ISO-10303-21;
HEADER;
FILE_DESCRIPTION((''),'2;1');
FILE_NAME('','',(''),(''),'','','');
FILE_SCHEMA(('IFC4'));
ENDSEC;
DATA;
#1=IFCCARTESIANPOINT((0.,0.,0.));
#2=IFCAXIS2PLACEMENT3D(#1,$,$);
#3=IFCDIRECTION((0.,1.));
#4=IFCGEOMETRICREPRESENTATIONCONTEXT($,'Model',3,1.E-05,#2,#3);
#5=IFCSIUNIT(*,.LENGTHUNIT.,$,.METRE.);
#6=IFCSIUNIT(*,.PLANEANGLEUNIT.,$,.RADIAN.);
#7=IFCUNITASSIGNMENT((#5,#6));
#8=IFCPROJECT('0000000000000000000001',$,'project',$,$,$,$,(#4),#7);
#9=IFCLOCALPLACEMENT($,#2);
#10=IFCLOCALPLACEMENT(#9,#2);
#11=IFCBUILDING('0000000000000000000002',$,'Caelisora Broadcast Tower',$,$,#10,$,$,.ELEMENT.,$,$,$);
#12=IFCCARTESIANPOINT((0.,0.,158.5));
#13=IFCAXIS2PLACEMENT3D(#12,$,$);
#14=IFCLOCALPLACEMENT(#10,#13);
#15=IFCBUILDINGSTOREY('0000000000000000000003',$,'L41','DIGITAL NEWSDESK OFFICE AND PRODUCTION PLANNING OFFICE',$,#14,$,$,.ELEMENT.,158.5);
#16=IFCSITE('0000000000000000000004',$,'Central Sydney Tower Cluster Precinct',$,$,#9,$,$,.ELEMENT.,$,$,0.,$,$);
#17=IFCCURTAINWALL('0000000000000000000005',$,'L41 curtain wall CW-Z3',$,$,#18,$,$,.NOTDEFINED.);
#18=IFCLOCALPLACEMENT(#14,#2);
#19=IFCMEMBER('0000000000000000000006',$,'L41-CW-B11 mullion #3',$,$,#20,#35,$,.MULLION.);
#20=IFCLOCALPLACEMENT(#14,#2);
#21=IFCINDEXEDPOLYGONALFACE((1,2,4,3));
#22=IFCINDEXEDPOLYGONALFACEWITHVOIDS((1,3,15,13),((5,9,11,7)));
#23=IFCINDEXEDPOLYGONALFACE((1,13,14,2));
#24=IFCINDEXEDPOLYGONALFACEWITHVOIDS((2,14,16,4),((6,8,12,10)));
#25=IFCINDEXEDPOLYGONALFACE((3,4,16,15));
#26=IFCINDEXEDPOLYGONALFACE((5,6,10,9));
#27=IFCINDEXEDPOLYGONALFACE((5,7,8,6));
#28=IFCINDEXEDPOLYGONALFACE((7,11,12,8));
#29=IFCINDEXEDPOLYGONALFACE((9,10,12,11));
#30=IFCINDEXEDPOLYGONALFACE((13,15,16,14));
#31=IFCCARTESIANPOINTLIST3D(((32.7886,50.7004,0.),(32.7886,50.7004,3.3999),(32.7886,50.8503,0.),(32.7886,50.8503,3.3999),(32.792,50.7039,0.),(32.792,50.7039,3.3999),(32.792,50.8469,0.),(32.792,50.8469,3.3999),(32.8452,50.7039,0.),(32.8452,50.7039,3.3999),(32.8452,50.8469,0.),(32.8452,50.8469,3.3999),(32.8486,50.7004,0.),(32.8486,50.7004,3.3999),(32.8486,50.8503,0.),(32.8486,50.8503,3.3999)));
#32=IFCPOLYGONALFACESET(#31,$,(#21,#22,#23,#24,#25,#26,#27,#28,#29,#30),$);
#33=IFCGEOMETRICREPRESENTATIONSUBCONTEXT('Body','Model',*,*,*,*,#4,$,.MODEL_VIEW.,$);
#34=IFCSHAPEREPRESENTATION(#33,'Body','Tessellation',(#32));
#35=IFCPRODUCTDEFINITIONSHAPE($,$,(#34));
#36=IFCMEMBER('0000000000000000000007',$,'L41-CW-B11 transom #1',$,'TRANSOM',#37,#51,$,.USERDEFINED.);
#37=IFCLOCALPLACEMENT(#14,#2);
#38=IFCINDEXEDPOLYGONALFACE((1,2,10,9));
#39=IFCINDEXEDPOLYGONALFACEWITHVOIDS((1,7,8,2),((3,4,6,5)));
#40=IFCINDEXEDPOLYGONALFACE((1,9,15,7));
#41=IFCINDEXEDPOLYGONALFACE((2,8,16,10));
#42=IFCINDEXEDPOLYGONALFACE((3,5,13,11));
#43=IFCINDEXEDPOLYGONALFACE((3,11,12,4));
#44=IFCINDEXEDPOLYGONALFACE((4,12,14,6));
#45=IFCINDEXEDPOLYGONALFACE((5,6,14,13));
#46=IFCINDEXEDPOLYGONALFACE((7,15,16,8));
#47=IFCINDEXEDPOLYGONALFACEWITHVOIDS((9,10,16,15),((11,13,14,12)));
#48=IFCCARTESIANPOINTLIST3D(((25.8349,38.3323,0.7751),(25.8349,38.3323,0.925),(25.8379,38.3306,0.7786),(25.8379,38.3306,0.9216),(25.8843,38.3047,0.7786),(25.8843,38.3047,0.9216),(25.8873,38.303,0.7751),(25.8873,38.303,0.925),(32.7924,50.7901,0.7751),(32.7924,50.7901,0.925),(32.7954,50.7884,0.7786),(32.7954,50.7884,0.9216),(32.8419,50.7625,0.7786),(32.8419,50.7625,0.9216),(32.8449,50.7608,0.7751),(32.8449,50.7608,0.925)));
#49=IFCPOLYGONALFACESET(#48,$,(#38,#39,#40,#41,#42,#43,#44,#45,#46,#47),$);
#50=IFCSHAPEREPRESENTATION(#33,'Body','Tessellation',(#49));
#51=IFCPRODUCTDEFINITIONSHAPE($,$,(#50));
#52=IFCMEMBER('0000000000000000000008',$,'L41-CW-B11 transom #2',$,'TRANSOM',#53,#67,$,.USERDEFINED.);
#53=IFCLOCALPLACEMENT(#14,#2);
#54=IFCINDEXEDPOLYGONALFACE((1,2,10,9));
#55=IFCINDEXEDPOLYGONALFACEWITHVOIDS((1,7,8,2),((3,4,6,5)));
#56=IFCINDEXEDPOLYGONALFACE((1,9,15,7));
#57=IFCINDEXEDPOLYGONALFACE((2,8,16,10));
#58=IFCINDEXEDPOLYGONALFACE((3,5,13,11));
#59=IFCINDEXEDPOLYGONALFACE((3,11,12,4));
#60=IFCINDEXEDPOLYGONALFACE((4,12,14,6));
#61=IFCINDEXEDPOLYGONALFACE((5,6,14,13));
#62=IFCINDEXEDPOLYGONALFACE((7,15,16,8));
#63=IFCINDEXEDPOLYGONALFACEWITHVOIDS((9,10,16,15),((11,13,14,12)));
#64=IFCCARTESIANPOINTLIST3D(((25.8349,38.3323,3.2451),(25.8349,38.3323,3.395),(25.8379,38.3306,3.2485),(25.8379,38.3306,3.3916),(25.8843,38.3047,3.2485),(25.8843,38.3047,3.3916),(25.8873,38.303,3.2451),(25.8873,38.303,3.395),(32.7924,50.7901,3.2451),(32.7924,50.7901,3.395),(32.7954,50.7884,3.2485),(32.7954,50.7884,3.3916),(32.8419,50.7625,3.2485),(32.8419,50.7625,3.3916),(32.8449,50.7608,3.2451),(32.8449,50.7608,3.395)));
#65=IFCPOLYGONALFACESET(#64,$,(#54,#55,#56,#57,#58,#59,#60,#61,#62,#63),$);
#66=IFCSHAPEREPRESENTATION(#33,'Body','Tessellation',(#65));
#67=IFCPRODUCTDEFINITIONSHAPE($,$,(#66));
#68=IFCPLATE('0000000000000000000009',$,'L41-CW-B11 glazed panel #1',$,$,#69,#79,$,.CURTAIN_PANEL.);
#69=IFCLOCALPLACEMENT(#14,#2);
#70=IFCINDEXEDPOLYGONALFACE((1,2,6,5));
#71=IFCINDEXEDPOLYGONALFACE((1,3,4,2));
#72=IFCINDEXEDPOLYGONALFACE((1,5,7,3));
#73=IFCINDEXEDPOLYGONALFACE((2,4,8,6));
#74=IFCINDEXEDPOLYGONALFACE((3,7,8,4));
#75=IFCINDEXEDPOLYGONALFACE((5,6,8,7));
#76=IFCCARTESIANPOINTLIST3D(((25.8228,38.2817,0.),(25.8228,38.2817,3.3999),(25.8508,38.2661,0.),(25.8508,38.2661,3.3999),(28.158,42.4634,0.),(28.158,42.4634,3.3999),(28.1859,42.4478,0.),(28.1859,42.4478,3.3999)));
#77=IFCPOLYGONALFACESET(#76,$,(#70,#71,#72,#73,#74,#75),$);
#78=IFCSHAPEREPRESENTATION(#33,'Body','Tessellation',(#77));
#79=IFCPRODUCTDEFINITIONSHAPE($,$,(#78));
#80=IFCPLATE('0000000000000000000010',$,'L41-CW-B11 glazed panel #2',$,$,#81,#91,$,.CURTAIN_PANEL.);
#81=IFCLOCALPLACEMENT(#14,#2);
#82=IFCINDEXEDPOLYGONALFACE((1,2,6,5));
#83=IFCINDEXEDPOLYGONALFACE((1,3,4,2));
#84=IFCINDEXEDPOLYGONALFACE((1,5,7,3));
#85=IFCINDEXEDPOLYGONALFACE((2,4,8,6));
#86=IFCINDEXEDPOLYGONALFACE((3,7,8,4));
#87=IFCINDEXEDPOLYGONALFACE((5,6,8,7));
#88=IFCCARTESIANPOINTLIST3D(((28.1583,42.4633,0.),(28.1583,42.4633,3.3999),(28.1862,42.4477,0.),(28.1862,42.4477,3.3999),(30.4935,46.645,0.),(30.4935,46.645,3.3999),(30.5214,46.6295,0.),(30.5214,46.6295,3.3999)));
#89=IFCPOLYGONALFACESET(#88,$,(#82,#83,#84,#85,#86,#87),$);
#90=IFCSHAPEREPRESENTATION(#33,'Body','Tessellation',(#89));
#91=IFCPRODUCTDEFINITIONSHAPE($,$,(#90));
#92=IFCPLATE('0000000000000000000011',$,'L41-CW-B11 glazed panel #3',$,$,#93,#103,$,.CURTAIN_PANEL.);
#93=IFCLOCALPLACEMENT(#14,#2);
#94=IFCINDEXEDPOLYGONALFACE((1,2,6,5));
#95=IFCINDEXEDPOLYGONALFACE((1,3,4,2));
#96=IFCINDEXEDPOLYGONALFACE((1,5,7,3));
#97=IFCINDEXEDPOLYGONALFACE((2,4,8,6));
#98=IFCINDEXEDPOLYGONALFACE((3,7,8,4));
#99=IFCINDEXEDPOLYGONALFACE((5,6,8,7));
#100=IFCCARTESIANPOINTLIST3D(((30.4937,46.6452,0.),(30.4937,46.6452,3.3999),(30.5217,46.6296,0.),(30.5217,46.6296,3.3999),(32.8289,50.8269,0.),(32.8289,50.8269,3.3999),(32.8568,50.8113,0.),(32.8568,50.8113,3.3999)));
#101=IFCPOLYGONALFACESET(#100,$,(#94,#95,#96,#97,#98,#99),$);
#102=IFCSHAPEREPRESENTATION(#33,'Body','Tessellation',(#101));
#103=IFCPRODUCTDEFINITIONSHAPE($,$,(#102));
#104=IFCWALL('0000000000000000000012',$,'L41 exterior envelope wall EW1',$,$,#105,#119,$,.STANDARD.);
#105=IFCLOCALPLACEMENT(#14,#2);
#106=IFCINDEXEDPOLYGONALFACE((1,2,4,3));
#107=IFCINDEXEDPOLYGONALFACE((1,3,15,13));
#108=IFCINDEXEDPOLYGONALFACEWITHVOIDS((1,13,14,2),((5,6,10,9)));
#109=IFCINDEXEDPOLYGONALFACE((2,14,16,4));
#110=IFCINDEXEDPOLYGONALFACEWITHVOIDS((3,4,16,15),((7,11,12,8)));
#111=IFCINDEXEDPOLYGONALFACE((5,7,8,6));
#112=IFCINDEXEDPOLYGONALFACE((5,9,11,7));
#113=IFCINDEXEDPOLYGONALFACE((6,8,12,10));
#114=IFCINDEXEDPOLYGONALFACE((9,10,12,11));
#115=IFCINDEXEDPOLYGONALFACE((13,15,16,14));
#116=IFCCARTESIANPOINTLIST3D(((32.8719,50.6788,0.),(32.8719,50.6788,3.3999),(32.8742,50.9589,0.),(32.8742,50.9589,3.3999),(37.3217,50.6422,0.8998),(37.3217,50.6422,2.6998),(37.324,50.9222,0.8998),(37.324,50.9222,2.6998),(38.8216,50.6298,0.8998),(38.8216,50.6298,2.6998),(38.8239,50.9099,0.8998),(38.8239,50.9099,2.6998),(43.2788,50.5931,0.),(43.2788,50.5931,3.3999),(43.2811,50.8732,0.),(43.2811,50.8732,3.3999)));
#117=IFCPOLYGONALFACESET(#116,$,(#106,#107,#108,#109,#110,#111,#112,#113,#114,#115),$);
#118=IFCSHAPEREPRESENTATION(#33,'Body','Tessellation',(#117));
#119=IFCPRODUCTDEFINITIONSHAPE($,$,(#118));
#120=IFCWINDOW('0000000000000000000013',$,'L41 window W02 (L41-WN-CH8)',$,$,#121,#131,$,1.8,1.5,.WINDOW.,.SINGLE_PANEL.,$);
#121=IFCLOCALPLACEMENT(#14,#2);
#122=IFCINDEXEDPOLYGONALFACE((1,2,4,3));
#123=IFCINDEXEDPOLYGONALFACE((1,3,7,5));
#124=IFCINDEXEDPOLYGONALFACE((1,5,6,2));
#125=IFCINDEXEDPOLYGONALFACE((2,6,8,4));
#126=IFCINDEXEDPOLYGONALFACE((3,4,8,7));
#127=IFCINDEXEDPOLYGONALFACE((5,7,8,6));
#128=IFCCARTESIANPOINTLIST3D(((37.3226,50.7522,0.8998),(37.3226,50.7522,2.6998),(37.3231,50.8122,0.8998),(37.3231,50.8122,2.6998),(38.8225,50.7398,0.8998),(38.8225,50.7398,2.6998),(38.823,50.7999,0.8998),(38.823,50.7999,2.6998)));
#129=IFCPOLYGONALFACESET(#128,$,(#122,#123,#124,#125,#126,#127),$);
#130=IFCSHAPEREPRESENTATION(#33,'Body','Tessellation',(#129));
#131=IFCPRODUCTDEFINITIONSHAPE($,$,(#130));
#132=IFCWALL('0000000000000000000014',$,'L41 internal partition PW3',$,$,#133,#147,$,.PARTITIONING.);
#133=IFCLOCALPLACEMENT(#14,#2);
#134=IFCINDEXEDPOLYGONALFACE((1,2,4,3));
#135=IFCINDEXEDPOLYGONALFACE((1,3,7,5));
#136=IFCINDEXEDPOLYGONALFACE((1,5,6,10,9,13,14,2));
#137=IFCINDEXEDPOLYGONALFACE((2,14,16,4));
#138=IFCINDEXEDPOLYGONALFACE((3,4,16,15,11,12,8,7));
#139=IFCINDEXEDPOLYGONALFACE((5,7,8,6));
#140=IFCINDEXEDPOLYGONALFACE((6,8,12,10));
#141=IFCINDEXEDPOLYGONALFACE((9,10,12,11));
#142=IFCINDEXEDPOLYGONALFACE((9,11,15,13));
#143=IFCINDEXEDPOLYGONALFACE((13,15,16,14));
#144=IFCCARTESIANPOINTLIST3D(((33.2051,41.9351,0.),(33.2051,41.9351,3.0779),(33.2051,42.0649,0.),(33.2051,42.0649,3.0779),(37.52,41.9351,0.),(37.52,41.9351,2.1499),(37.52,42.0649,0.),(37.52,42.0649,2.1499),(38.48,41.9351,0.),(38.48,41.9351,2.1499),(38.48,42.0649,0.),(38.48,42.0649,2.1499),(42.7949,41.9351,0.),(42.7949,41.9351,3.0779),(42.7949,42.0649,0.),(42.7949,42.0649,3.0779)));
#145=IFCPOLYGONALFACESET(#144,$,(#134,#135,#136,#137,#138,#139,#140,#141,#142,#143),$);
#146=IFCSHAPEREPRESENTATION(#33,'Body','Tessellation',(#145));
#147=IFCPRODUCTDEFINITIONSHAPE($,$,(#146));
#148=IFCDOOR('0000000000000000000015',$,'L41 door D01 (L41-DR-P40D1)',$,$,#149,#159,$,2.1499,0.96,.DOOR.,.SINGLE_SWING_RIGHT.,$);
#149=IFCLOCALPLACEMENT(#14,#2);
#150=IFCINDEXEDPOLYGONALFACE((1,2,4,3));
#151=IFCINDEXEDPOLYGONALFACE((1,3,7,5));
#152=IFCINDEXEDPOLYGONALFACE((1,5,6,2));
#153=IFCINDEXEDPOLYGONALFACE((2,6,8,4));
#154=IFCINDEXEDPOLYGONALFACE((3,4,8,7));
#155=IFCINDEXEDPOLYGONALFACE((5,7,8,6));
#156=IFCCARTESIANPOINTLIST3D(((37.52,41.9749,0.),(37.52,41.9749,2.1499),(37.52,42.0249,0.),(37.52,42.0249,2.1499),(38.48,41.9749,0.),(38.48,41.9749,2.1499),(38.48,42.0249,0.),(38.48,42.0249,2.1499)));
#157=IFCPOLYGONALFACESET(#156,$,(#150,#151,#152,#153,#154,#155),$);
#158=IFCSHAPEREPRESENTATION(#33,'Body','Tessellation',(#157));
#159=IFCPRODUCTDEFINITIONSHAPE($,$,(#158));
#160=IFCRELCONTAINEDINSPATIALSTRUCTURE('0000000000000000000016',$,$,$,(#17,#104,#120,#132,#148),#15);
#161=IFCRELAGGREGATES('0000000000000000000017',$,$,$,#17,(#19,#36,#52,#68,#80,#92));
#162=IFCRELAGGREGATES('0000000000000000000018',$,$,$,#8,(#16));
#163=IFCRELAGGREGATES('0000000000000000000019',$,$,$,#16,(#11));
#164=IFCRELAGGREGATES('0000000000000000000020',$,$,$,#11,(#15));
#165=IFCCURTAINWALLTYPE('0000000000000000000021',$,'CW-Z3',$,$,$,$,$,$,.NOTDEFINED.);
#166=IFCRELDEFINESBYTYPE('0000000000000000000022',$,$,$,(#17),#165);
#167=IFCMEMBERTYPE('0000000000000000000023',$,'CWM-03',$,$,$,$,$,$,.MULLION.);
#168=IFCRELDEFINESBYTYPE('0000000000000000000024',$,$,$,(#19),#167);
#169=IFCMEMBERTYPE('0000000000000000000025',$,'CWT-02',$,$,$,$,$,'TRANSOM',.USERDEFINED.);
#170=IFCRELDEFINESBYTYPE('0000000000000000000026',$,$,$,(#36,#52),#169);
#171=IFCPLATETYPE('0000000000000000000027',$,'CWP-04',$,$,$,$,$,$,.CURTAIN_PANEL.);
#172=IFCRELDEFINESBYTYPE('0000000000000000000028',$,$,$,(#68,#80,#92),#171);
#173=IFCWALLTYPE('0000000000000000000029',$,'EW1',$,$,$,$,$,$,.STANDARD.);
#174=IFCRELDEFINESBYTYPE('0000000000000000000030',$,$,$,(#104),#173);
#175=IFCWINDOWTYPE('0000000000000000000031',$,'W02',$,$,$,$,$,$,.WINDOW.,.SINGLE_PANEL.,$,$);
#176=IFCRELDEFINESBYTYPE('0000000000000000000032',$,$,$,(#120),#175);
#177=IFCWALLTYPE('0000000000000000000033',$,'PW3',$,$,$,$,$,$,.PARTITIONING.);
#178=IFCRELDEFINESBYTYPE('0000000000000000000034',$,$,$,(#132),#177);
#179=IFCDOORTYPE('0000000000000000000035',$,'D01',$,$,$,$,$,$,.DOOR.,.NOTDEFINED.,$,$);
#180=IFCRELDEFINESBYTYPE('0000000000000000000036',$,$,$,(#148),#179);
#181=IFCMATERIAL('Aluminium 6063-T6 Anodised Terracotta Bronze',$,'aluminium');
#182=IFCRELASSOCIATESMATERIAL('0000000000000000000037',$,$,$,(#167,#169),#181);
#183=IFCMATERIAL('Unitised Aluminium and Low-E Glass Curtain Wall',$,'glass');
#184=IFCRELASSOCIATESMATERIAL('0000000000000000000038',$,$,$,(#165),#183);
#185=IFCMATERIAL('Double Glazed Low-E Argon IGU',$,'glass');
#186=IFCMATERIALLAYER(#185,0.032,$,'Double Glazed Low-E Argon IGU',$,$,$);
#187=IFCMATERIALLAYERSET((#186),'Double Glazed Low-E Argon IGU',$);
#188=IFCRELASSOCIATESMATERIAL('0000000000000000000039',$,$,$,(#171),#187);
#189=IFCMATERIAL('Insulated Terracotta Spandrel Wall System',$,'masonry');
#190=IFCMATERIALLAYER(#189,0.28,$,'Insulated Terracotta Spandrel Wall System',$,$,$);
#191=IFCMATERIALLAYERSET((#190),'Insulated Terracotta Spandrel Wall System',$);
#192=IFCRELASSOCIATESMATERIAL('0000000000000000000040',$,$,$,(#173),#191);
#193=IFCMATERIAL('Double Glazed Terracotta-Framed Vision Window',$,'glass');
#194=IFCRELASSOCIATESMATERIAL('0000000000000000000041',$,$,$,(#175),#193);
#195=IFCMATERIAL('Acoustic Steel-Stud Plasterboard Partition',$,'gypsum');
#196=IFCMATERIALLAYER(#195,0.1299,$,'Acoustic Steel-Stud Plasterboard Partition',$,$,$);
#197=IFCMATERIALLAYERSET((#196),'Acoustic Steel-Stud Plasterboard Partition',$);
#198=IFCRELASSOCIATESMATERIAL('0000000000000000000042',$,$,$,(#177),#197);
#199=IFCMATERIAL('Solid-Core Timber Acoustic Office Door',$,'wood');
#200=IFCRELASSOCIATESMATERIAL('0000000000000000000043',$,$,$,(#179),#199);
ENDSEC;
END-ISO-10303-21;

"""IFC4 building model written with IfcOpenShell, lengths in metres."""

from ifc_helpers import new_model, si_unit, direction, frame, frame_2d, origin, origin_2d, place, context, subcontext, project, spatial, rectangle, hollow_rectangle, extrude, source, transform, mapped, material, layer, layer_set, material_profile, profile_set, type_object, type_shapes, element, fill, aggregate, save


model = new_model("IFC4")

# Units and contexts
model_context = context("Model", 3, precision=1e-05, world=origin(), true_north=direction((0.0, 1.0)))
body_context = subcontext(model_context, "Body", "Model", "MODEL_VIEW")
ifc_project = project(units=[si_unit("LENGTHUNIT", "METRE"), si_unit("PLANEANGLEUNIT", "RADIAN")], contexts=[model_context])

# Site, building, storey
site_placement = place(None, origin())
site = spatial("IfcSite", under=ifc_project, at=site_placement, Name="Central Sydney Tower Cluster Precinct", CompositionType="ELEMENT", RefElevation=0.0)
building_placement = place(site_placement, origin())
building = spatial("IfcBuilding", under=site, at=building_placement, Name="Caelisora Broadcast Tower", CompositionType="ELEMENT")
storey_placement = place(building_placement, frame((0.0, 0.0, 158.5)))
storey = spatial("IfcBuildingStorey", under=building, at=storey_placement, Name="L41", Description="DIGITAL NEWSDESK OFFICE AND PRODUCTION PLANNING OFFICE", CompositionType="ELEMENT", Elevation=158.5)

# Shared definitions
ifc_material_1 = material(Name="Aluminium 6063-T6 Anodised Terracotta Bronze", Category="aluminium")
ifc_material_profile_1 = material_profile(ifc_material_1, hollow_rectangle(XDim=0.0601, YDim=0.1499, WallThickness=0.0034, at=origin_2d()), Name="Aluminium 6063-T6 Anodised Terracotta Bronze")
ifc_profile_set_1 = profile_set([ifc_material_profile_1], Name="Aluminium 6063-T6 Anodised Terracotta Bronze")
member_type_1 = type_object("IfcMemberType", Name="CWM-03", PredefinedType="MULLION", material=ifc_profile_set_1)
shared_shape_1 = source(origin(), body_context, "Body", "SweptSolid", [
    extrude(hollow_rectangle(XDim=0.0601, YDim=0.1499, WallThickness=0.0034, at=origin_2d()), origin(), (0.0, 0.0, 1.0), 3.3999),
])
type_shapes(member_type_1, [shared_shape_1])

# Curtain wall, members, plates
ifc_material_2 = material(Name="Unitised Aluminium and Low-E Glass Curtain Wall", Category="glass")
curtain_wall_type_1 = type_object("IfcCurtainWallType", Name="CW-Z3", PredefinedType="NOTDEFINED", material=ifc_material_2)
curtain_wall_1_placement = place(storey_placement, origin())
curtain_wall_1 = element("IfcCurtainWall", 1, at=curtain_wall_1_placement, inside=storey, type_object=curtain_wall_type_1, Name="L41 curtain wall CW-Z3", PredefinedType="NOTDEFINED")
member_1_placement = place(storey_placement, frame((32.8186, 50.7754, 0.0), z_axis=(0.0, 0.0, 1.0), x_axis=(1.0, 0.0, 0.0)))
member_1 = element("IfcMember", 2, at=member_1_placement, type_object=member_type_1, Name="L41-CW-B11 mullion #3", PredefinedType="MULLION", context=body_context, shape_type="MappedRepresentation", body=[
    mapped(shared_shape_1, transform((0.0, 0.0, 0.0), scale=1.0)),
])
ifc_material_profile_2 = material_profile(ifc_material_1, hollow_rectangle(XDim=0.0601, YDim=0.1499, WallThickness=0.0034, at=origin_2d()), Name="Aluminium 6063-T6 Anodised Terracotta Bronze")
ifc_profile_set_2 = profile_set([ifc_material_profile_2], Name="Aluminium 6063-T6 Anodised Terracotta Bronze")
member_type_2 = type_object("IfcMemberType", Name="CWT-02", ElementType="TRANSOM", PredefinedType="USERDEFINED", material=ifc_profile_set_2)
shared_shape_2 = source(origin(), body_context, "Body", "SweptSolid", [
    extrude(hollow_rectangle(XDim=0.0601, YDim=0.1499, WallThickness=0.0034, at=origin_2d()), origin(), (0.0, 0.0, 1.0), 14.269),
])
type_shapes(member_type_2, [shared_shape_2])
member_2_placement = place(storey_placement, frame((25.8611, 38.3176, 0.8501), z_axis=(0.487599, 0.873068, 0.0), x_axis=(-0.873068, 0.487599, 0.0)))
member_2 = element("IfcMember", 3, at=member_2_placement, type_object=member_type_2, Name="L41-CW-B11 transom #1", ObjectType="TRANSOM", PredefinedType="USERDEFINED", context=body_context, shape_type="MappedRepresentation", body=[
    mapped(shared_shape_2, transform((0.0, 0.0, 0.0), scale=1.0)),
])
member_3_placement = place(storey_placement, frame((25.8611, 38.3176, 3.3201), z_axis=(0.487599, 0.873068, 0.0), x_axis=(-0.873068, 0.487599, 0.0)))
member_3 = element("IfcMember", 4, at=member_3_placement, type_object=member_type_2, Name="L41-CW-B11 transom #2", ObjectType="TRANSOM", PredefinedType="USERDEFINED", context=body_context, shape_type="MappedRepresentation", body=[
    mapped(shared_shape_2, transform((0.0, 0.0, 0.0), scale=1.0)),
])
ifc_material_3 = material(Name="Double Glazed Low-E Argon IGU", Category="glass")
ifc_layer_1 = layer(ifc_material_3, 0.032, Name="Double Glazed Low-E Argon IGU")
ifc_layer_set_1 = layer_set([ifc_layer_1], Name="Double Glazed Low-E Argon IGU")
plate_type = type_object("IfcPlateType", Name="CWP-04", PredefinedType="CURTAIN_PANEL", material=ifc_layer_set_1)
shared_shape_3 = source(origin(), body_context, "Body", "SweptSolid", [
    extrude(rectangle(XDim=4.7896, YDim=0.032, at=origin_2d()), origin(), (0.0, 0.0, 1.0), 3.3999),
])
type_shapes(plate_type, [shared_shape_3])
plate_1_placement = place(storey_placement, frame((27.0044, 40.3647, 0.0), z_axis=(0.0, 0.0, 1.0), x_axis=(0.487555, 0.873092, 0.0)))
plate_1 = element("IfcPlate", 5, at=plate_1_placement, type_object=plate_type, Name="L41-CW-B11 glazed panel #1", PredefinedType="CURTAIN_PANEL", context=body_context, shape_type="MappedRepresentation", body=[
    mapped(shared_shape_3, transform((0.0, 0.0, 0.0), scale=1.0)),
])
plate_2_placement = place(storey_placement, frame((29.3398, 44.5464, 0.0), z_axis=(0.0, 0.0, 1.0), x_axis=(0.487555, 0.873092, 0.0)))
plate_2 = element("IfcPlate", 6, at=plate_2_placement, type_object=plate_type, Name="L41-CW-B11 glazed panel #2", PredefinedType="CURTAIN_PANEL", context=body_context, shape_type="MappedRepresentation", body=[
    mapped(shared_shape_3, transform((0.0, 0.0, 0.0), scale=1.0)),
])
plate_3_placement = place(storey_placement, frame((31.6753, 48.7283, 0.0), z_axis=(0.0, 0.0, 1.0), x_axis=(0.487555, 0.873092, 0.0)))
plate_3 = element("IfcPlate", 7, at=plate_3_placement, type_object=plate_type, Name="L41-CW-B11 glazed panel #3", PredefinedType="CURTAIN_PANEL", context=body_context, shape_type="MappedRepresentation", body=[
    mapped(shared_shape_3, transform((0.0, 0.0, 0.0), scale=1.0)),
])
aggregate(curtain_wall_1, [member_1, member_2, member_3, plate_1, plate_2, plate_3])

# Wall, opening, window
ifc_material_4 = material(Name="Insulated Terracotta Spandrel Wall System", Category="masonry")
ifc_layer_2 = layer(ifc_material_4, 0.28, Name="Insulated Terracotta Spandrel Wall System")
ifc_layer_set_2 = layer_set([ifc_layer_2], Name="Insulated Terracotta Spandrel Wall System")
wall_type_1 = type_object("IfcWallType", Name="EW1", PredefinedType="STANDARD", material=ifc_layer_set_2)
wall_1_placement = place(storey_placement, frame((32.873, 50.8188, 0.0), z_axis=(0.0, 0.0, 1.0), x_axis=(0.999966, -0.008234, 0.0)))
wall_1 = element("IfcWall", 8, at=wall_1_placement, inside=storey, type_object=wall_type_1, Name="L41 exterior envelope wall EW1", PredefinedType="STANDARD", context=body_context, shape_type="SweptSolid", body=[
    extrude(rectangle(XDim=10.4072, YDim=0.28, at=frame_2d((5.2036, 0.0))), origin(), (0.0, 0.0, 1.0), 3.3999),
])
opening_1_placement = place(wall_1_placement, frame((4.45, 0.0, 0.8999)))
opening_1 = element("IfcOpeningElement", 9, at=opening_1_placement, cuts=wall_1, PredefinedType="OPENING", context=body_context, shape_type="SweptSolid", body=[
    extrude(rectangle(XDim=1.5, YDim=1.8, at=frame_2d((0.75, 0.8999))), frame((0.0, 0.1521, 0.0), z_axis=(0.0, -1.0, 0.0), x_axis=(1.0, 0.0, 0.0)), (0.0, 0.0, 1.0), 0.304),
])
ifc_material_5 = material(Name="Double Glazed Terracotta-Framed Vision Window", Category="glass")
window_type = type_object("IfcWindowType", Name="W02", PartitioningType="SINGLE_PANEL", PredefinedType="WINDOW", material=ifc_material_5)
window_placement = place(opening_1_placement, origin())
window = element("IfcWindow", 10, at=window_placement, inside=storey, type_object=window_type, Name="L41 window W02 (L41-WN-CH8)", OverallHeight=1.8, OverallWidth=1.5, PartitioningType="SINGLE_PANEL", PredefinedType="WINDOW", context=body_context, shape_type="SweptSolid", body=[
    extrude(rectangle(XDim=1.5, YDim=1.8, at=frame_2d((0.75, 0.8999))), frame((0.0, 0.03, 0.0), z_axis=(0.0, -1.0, 0.0), x_axis=(1.0, 0.0, 0.0)), (0.0, 0.0, 1.0), 0.0601),
])
fill(opening_1, window)

# Wall, opening, door
ifc_material_6 = material(Name="Acoustic Steel-Stud Plasterboard Partition", Category="gypsum")
ifc_layer_3 = layer(ifc_material_6, 0.1299, Name="Acoustic Steel-Stud Plasterboard Partition")
ifc_layer_set_3 = layer_set([ifc_layer_3], Name="Acoustic Steel-Stud Plasterboard Partition")
wall_type_2 = type_object("IfcWallType", Name="PW3", PredefinedType="PARTITIONING", material=ifc_layer_set_3)
wall_2_placement = place(storey_placement, frame((33.2051, 42.0, 0.0), z_axis=(0.0, 0.0, 1.0), x_axis=(1.0, 0.0, 0.0)))
wall_2 = element("IfcWall", 11, at=wall_2_placement, inside=storey, type_object=wall_type_2, Name="L41 internal partition PW3", PredefinedType="PARTITIONING", context=body_context, shape_type="SweptSolid", body=[
    extrude(rectangle(XDim=9.5898, YDim=0.1299, at=frame_2d((4.7949, 0.0))), origin(), (0.0, 0.0, 1.0), 3.0779),
])
opening_2_placement = place(wall_2_placement, frame((4.3149, 0.0, 0.0)))
opening_2 = element("IfcOpeningElement", 12, at=opening_2_placement, cuts=wall_2, PredefinedType="OPENING", context=body_context, shape_type="SweptSolid", body=[
    extrude(rectangle(XDim=0.96, YDim=2.1499, at=frame_2d((0.48, 1.075))), frame((0.0, 0.0769, 0.0), z_axis=(0.0, -1.0, 0.0), x_axis=(1.0, 0.0, 0.0)), (0.0, 0.0, 1.0), 0.1538),
])
ifc_material_7 = material(Name="Solid-Core Timber Acoustic Office Door", Category="wood")
door_type = type_object("IfcDoorType", Name="D01", OperationType="NOTDEFINED", PredefinedType="DOOR", material=ifc_material_7)
door_1_placement = place(opening_2_placement, origin())
door_1 = element("IfcDoor", 13, at=door_1_placement, inside=storey, type_object=door_type, Name="L41 door D01 (L41-DR-P40D1)", OperationType="SINGLE_SWING_RIGHT", OverallHeight=2.1499, OverallWidth=0.96, PredefinedType="DOOR", context=body_context, shape_type="SweptSolid", body=[
    extrude(rectangle(XDim=0.96, YDim=2.1499, at=frame_2d((0.48, 1.075))), frame((0.0, 0.0249, 0.0), z_axis=(0.0, -1.0, 0.0), x_axis=(1.0, 0.0, 0.0)), (0.0, 0.0, 1.0), 0.05),
])
fill(opening_2, door_1)

save(model, "model.ifc")
